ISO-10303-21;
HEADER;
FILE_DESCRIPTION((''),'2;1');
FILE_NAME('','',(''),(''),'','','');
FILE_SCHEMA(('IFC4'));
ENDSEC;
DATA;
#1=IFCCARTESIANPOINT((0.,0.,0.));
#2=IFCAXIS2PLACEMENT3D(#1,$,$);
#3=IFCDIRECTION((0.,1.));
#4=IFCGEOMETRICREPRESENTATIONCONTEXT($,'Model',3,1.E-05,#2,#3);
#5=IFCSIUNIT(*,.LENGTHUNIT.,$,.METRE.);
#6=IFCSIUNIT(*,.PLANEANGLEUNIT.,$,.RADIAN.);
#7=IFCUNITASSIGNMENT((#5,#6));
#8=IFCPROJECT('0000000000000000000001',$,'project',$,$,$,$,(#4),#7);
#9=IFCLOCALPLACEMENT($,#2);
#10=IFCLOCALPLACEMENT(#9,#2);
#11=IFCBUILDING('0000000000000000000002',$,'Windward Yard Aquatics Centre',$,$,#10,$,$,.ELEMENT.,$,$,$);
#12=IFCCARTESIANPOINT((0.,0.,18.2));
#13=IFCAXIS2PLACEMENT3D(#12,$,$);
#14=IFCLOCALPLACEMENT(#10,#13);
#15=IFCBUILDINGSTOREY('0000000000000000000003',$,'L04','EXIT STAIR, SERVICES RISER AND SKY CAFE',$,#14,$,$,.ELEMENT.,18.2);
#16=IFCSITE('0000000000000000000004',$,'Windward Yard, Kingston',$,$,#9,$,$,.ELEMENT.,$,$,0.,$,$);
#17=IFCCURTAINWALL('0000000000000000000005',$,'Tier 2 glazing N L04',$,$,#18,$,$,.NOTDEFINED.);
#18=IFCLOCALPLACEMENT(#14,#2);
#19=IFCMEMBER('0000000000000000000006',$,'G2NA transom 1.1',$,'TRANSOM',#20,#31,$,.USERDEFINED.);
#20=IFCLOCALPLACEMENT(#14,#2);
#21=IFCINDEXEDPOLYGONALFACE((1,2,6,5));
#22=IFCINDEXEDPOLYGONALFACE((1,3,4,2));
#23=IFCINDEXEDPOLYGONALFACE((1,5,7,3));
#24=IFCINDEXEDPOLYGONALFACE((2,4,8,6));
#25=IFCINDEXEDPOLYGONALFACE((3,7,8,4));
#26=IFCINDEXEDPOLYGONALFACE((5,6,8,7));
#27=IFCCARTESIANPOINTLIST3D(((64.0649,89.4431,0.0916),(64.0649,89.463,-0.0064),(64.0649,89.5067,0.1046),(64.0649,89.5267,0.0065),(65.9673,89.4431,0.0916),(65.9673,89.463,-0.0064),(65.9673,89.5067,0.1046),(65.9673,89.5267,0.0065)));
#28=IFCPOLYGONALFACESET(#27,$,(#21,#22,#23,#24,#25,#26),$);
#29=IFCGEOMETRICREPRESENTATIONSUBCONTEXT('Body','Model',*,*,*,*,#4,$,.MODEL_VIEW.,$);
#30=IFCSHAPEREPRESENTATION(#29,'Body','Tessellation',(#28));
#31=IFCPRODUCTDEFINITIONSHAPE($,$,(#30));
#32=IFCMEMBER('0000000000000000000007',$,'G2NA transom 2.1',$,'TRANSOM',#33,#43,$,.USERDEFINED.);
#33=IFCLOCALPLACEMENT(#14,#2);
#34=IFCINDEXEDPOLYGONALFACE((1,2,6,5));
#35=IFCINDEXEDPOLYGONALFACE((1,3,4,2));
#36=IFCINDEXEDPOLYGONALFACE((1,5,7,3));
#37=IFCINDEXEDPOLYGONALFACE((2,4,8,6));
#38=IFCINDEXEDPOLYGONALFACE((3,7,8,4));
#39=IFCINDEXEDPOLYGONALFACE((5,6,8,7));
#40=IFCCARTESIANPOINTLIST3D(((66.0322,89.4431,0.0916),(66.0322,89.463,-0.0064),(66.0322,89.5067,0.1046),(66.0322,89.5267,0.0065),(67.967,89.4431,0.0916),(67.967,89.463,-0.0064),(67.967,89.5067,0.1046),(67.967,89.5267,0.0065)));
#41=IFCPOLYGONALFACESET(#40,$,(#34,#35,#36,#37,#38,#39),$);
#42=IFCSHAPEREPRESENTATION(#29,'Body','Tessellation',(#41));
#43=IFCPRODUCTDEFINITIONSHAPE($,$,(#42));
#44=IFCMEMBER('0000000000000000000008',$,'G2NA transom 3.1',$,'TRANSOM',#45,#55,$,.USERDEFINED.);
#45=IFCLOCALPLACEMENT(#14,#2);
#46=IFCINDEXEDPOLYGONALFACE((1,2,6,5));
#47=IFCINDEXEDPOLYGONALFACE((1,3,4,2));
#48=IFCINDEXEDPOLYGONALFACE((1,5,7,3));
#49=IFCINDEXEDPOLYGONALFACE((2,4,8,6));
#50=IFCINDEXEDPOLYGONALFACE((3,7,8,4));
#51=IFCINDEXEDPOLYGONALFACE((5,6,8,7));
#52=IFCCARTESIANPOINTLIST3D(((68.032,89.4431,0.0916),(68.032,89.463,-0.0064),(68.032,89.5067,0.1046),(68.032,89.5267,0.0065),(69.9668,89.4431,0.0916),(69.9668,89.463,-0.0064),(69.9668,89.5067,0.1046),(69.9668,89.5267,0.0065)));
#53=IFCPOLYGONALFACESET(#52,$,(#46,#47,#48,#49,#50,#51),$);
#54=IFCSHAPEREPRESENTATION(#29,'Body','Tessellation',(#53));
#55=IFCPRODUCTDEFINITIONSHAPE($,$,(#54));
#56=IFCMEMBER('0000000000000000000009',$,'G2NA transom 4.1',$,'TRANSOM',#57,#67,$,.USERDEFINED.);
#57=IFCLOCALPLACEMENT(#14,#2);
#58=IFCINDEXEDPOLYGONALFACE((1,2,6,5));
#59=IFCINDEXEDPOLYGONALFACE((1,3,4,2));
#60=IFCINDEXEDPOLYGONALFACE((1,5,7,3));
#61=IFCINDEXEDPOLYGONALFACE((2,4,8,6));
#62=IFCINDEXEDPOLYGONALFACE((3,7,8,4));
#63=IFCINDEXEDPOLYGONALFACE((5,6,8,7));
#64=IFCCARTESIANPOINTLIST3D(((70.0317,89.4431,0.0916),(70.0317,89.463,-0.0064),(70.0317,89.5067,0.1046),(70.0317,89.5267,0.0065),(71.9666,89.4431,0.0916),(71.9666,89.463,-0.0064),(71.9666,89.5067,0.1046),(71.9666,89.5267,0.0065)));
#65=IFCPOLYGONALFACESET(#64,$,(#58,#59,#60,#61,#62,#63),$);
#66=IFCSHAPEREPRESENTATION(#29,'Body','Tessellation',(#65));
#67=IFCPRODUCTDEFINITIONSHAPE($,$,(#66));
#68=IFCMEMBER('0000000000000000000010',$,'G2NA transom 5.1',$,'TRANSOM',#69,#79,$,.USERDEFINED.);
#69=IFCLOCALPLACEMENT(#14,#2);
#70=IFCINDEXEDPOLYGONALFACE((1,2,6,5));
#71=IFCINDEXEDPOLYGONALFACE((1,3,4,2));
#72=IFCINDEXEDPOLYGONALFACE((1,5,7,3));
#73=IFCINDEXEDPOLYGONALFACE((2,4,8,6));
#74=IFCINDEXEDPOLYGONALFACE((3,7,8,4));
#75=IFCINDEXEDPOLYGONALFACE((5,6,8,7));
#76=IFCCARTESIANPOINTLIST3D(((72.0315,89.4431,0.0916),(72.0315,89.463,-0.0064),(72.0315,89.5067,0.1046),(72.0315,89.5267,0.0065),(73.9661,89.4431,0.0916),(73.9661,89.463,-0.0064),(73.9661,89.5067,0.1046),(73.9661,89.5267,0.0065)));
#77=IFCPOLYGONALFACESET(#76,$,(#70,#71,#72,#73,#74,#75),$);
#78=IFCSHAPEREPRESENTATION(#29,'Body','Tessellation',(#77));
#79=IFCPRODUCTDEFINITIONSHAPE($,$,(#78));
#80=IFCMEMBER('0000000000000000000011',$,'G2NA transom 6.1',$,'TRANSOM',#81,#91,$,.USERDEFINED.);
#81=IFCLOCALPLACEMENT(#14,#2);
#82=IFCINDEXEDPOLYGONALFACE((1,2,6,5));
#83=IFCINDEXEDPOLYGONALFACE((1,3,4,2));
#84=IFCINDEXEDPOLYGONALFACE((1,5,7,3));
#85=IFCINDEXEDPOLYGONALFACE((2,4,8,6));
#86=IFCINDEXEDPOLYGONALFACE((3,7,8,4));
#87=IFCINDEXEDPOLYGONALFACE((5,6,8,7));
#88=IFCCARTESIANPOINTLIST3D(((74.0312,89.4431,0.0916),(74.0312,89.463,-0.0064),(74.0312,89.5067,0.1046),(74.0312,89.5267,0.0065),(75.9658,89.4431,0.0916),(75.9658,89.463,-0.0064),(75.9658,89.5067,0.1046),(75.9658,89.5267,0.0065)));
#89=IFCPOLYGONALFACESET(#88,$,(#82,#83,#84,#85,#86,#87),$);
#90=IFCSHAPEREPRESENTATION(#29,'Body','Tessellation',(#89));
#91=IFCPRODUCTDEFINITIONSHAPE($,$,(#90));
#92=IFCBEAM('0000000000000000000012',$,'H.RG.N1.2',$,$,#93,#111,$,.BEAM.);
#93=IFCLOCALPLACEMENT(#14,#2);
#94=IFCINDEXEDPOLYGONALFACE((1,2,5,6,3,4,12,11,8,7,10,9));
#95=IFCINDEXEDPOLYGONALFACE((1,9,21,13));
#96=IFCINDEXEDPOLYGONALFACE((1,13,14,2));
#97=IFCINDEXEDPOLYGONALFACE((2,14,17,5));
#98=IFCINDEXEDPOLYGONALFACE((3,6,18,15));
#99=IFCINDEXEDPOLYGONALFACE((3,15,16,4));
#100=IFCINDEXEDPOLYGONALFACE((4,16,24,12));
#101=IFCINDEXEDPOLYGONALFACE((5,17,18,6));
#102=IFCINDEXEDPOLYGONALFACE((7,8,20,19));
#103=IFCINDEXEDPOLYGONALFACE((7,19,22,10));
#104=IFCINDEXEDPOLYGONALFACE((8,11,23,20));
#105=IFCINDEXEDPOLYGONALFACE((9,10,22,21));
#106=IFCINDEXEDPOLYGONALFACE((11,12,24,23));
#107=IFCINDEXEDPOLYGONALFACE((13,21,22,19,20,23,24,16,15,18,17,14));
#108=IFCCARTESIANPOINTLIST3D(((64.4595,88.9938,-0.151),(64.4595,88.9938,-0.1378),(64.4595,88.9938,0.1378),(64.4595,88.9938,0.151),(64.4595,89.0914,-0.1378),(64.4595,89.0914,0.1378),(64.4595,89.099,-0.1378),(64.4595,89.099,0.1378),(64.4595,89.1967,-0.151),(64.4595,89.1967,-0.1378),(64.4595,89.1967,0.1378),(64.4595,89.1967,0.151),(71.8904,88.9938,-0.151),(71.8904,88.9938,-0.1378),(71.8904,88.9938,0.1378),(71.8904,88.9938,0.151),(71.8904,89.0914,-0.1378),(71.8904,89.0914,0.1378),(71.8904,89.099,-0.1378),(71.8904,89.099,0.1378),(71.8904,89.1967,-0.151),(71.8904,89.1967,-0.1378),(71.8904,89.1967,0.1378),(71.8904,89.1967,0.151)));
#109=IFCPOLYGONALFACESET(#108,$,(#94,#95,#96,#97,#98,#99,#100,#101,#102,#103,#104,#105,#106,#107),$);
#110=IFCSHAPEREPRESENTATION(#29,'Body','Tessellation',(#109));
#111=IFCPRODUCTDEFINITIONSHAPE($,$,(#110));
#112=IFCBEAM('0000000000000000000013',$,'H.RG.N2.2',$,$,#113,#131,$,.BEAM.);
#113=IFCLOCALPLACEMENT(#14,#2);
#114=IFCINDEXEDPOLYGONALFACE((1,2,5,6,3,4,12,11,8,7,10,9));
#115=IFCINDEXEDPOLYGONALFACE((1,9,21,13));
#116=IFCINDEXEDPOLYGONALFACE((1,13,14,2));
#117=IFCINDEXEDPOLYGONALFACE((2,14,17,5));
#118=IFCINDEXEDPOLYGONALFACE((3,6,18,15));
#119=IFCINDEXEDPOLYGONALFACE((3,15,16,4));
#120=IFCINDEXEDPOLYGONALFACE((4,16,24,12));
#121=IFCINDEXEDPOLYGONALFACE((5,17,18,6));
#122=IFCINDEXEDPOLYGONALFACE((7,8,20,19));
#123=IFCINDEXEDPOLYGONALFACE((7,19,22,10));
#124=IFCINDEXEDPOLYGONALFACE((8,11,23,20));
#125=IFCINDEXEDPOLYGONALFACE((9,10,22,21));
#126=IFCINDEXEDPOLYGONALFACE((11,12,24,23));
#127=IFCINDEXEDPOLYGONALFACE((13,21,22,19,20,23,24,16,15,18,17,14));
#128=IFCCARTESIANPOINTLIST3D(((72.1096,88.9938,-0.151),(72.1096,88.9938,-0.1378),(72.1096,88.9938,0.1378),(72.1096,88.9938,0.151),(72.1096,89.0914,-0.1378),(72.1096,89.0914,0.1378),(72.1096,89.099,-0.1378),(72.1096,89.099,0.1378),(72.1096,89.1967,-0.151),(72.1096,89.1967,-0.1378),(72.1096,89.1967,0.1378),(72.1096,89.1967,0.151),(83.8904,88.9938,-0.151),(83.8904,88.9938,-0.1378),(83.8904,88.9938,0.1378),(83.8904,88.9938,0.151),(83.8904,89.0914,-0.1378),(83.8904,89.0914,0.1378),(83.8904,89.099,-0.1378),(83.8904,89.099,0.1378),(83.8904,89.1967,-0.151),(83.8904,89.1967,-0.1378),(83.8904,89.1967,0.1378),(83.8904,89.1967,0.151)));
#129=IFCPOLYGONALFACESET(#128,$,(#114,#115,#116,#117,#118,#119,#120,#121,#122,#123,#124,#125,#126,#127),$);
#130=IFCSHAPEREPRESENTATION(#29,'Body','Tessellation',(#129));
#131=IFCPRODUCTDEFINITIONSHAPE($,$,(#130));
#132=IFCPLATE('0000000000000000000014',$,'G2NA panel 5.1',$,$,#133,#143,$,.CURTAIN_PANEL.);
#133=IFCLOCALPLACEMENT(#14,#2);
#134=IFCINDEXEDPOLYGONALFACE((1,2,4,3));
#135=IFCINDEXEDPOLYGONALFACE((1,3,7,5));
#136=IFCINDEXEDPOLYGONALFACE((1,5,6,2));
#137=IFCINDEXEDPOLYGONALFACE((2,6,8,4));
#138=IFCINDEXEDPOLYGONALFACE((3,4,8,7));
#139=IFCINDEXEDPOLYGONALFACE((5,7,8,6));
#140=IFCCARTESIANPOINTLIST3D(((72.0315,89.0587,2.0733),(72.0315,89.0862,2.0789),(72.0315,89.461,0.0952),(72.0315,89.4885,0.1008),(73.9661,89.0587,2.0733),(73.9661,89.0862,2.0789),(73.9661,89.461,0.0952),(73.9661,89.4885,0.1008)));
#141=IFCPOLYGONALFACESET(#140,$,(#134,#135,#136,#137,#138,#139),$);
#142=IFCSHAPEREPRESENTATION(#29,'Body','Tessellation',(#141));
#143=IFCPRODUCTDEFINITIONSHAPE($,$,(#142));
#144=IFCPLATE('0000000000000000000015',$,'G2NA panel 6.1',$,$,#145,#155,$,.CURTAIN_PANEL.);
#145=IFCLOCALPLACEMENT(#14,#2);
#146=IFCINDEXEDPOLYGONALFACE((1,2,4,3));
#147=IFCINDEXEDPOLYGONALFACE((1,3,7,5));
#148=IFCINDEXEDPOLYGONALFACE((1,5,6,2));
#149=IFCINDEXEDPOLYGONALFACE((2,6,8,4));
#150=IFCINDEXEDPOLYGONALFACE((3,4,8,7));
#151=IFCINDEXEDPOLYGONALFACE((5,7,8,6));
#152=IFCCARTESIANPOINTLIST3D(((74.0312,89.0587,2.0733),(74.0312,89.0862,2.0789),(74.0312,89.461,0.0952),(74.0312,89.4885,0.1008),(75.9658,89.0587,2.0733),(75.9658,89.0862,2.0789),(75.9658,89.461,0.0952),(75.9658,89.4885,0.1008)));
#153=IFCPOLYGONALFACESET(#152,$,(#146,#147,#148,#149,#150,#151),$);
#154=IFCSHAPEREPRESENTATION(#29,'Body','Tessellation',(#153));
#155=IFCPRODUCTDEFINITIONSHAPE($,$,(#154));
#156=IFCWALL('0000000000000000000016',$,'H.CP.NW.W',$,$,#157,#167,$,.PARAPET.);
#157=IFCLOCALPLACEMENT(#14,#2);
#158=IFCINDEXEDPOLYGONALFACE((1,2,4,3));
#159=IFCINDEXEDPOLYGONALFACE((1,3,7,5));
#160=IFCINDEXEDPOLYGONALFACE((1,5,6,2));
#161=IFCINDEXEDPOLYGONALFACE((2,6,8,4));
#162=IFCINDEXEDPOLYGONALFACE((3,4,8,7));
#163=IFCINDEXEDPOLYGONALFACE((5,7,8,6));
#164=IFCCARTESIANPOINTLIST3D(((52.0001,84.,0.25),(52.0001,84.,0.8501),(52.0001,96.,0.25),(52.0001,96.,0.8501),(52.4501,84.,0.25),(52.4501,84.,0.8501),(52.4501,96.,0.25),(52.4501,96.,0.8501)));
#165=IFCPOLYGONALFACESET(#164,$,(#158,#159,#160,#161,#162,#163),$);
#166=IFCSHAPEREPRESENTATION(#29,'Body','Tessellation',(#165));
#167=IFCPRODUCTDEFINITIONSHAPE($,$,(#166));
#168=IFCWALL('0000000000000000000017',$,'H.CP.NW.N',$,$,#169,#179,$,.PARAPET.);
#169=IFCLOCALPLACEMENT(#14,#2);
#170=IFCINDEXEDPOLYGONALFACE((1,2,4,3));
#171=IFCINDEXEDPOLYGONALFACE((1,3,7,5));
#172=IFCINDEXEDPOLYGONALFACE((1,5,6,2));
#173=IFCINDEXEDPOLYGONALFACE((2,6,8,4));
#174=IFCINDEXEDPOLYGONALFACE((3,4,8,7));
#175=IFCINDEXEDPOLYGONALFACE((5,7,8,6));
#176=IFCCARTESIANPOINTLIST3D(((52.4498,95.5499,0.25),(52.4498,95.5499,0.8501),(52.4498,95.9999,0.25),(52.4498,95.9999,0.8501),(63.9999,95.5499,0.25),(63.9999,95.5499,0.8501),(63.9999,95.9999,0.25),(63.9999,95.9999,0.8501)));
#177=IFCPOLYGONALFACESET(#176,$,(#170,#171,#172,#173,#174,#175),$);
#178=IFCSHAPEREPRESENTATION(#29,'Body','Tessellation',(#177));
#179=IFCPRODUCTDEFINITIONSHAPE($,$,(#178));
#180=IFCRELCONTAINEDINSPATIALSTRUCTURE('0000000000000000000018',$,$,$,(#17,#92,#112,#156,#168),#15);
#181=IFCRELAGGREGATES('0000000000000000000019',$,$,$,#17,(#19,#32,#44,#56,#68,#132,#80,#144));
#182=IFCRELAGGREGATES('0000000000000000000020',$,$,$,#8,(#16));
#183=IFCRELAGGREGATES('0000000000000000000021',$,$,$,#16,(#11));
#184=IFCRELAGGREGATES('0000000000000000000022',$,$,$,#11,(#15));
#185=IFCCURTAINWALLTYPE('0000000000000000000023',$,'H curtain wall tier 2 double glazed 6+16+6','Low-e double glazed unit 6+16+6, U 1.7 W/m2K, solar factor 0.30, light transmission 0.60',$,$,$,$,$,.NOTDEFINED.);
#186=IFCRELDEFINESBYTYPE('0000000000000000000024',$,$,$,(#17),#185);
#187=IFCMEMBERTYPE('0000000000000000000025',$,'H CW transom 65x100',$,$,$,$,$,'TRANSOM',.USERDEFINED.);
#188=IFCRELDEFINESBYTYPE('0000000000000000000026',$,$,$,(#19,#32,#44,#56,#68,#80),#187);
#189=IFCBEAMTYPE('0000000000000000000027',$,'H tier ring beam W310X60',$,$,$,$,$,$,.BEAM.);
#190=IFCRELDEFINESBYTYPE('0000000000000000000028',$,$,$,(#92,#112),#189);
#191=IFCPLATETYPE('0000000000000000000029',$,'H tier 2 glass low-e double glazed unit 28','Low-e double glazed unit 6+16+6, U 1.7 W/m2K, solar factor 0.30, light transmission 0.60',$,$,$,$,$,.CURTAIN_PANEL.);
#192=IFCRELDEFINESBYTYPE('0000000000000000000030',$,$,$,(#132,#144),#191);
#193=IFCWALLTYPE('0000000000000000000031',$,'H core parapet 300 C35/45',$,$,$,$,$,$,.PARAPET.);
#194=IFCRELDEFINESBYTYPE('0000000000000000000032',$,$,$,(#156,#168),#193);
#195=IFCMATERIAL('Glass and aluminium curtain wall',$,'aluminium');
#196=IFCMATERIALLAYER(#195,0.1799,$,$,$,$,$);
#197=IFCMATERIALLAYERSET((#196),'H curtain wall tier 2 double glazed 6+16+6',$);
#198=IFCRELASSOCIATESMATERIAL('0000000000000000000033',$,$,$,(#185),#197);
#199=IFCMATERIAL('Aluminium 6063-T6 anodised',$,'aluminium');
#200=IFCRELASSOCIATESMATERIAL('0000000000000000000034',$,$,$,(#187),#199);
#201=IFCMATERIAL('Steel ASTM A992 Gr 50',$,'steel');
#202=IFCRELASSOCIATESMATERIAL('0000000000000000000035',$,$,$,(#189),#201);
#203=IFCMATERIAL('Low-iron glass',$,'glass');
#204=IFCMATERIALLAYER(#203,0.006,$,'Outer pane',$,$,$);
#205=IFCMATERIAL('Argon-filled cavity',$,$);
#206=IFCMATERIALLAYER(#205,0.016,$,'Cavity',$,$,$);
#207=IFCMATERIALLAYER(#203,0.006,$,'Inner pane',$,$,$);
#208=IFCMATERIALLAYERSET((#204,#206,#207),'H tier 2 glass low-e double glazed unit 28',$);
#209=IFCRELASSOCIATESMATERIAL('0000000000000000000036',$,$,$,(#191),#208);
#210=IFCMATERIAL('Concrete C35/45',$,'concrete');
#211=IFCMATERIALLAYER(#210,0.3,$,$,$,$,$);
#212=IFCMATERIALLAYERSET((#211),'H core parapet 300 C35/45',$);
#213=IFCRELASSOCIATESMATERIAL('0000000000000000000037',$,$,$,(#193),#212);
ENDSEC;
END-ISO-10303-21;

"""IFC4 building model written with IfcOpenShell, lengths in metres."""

from ifc_helpers import new_model, si_unit, direction, frame, frame_2d, origin, origin_2d, place, context, subcontext, project, spatial, polyline, rectangle, i_section, outline, extrude, material, layer, layer_set, material_profile, profile_set, type_object, element, aggregate, save


model = new_model("IFC4")

# Units and contexts
model_context = context("Model", 3, precision=1e-05, world=origin(), true_north=direction((0.0, 1.0)))
body_context = subcontext(model_context, "Body", "Model", "MODEL_VIEW")
ifc_project = project(units=[si_unit("LENGTHUNIT", "METRE"), si_unit("PLANEANGLEUNIT", "RADIAN")], contexts=[model_context])

# Site, building, storey
site_placement = place(None, origin())
site = spatial("IfcSite", under=ifc_project, at=site_placement, Name="Windward Yard, Kingston", CompositionType="ELEMENT", RefElevation=0.0)
building_placement = place(site_placement, origin())
building = spatial("IfcBuilding", under=site, at=building_placement, Name="Windward Yard Aquatics Centre", CompositionType="ELEMENT")
storey_placement = place(building_placement, frame((0.0, 0.0, 18.2)))
storey = spatial("IfcBuildingStorey", under=building, at=storey_placement, Name="L04", Description="EXIT STAIR, SERVICES RISER AND SKY CAFE", CompositionType="ELEMENT", Elevation=18.2)

# Curtain wall, members
ifc_material_1 = material(Name="Glass and aluminium curtain wall", Category="aluminium")
ifc_layer_1 = layer(ifc_material_1, 0.1799)
ifc_layer_set_1 = layer_set([ifc_layer_1], Name="H curtain wall tier 2 double glazed 6+16+6")
curtain_wall_type = type_object("IfcCurtainWallType", Name="H curtain wall tier 2 double glazed 6+16+6", Description="Low-e double glazed unit 6+16+6, U 1.7 W/m2K, solar factor 0.30, light transmission 0.60", PredefinedType="NOTDEFINED", material=ifc_layer_set_1)
curtain_wall_placement = place(storey_placement, origin())
curtain_wall = element("IfcCurtainWall", 1, at=curtain_wall_placement, inside=storey, type_object=curtain_wall_type, Name="Tier 2 glazing N L04", PredefinedType="NOTDEFINED")
ifc_material_2 = material(Name="Aluminium 6063-T6 anodised", Category="aluminium")
ifc_material_profile_1 = material_profile(ifc_material_2, rectangle(XDim=0.0649, YDim=0.1001, at=origin_2d()), Name="H CW transom 65x100")
ifc_profile_set_1 = profile_set([ifc_material_profile_1], Name="Aluminium 6063-T6 anodised")
member_type_1 = type_object("IfcMemberType", Name="H CW transom 65x100", ElementType="TRANSOM", PredefinedType="USERDEFINED", material=ifc_profile_set_1)
member_1_placement = place(storey_placement, frame((64.0649, 89.4849, 0.0491), z_axis=(1.0, 0.0, 0.0), x_axis=(0.0, 0.979925, 0.199368)))
member_1 = element("IfcMember", 2, at=member_1_placement, type_object=member_type_1, Name="G2NA transom 1.1", ObjectType="TRANSOM", PredefinedType="USERDEFINED", context=body_context, shape_type="SweptSolid", body=[
    extrude(rectangle(XDim=0.0649, YDim=0.1001, at=origin_2d()), origin(), (0.0, 0.0, 1.0), 1.9023),
])
member_2_placement = place(storey_placement, frame((66.0322, 89.4849, 0.0491), z_axis=(1.0, 0.0, 0.0), x_axis=(0.0, 0.979925, 0.199368)))
member_2 = element("IfcMember", 3, at=member_2_placement, type_object=member_type_1, Name="G2NA transom 2.1", ObjectType="TRANSOM", PredefinedType="USERDEFINED", context=body_context, shape_type="SweptSolid", body=[
    extrude(rectangle(XDim=0.0649, YDim=0.1001, at=origin_2d()), origin(), (0.0, 0.0, 1.0), 1.9348),
])
member_3_placement = place(storey_placement, frame((68.032, 89.4849, 0.0491), z_axis=(1.0, 0.0, 0.0), x_axis=(0.0, 0.979925, 0.199368)))
member_3 = element("IfcMember", 4, at=member_3_placement, type_object=member_type_1, Name="G2NA transom 3.1", ObjectType="TRANSOM", PredefinedType="USERDEFINED", context=body_context, shape_type="SweptSolid", body=[
    extrude(rectangle(XDim=0.0649, YDim=0.1001, at=origin_2d()), origin(), (0.0, 0.0, 1.0), 1.9348),
])
member_4_placement = place(storey_placement, frame((70.0317, 89.4849, 0.0491), z_axis=(1.0, 0.0, 0.0), x_axis=(0.0, 0.979925, 0.199368)))
member_4 = element("IfcMember", 5, at=member_4_placement, type_object=member_type_1, Name="G2NA transom 4.1", ObjectType="TRANSOM", PredefinedType="USERDEFINED", context=body_context, shape_type="SweptSolid", body=[
    extrude(rectangle(XDim=0.0649, YDim=0.1001, at=origin_2d()), origin(), (0.0, 0.0, 1.0), 1.9348),
])
member_5_placement = place(storey_placement, frame((72.0315, 89.4849, 0.0491), z_axis=(1.0, 0.0, 0.0), x_axis=(0.0, 0.979925, 0.199368)))
member_5 = element("IfcMember", 6, at=member_5_placement, type_object=member_type_1, Name="G2NA transom 5.1", ObjectType="TRANSOM", PredefinedType="USERDEFINED", context=body_context, shape_type="SweptSolid", body=[
    extrude(rectangle(XDim=0.0649, YDim=0.1001, at=origin_2d()), origin(), (0.0, 0.0, 1.0), 1.9346),
])
member_6_placement = place(storey_placement, frame((74.0312, 89.4849, 0.0491), z_axis=(1.0, 0.0, 0.0), x_axis=(0.0, 0.979925, 0.199368)))
member_6 = element("IfcMember", 7, at=member_6_placement, type_object=member_type_1, Name="G2NA transom 6.1", ObjectType="TRANSOM", PredefinedType="USERDEFINED", context=body_context, shape_type="SweptSolid", body=[
    extrude(rectangle(XDim=0.0649, YDim=0.1001, at=origin_2d()), origin(), (0.0, 0.0, 1.0), 1.9346),
])

# Beams
ifc_material_3 = material(Name="Steel ASTM A992 Gr 50", Category="steel")
ifc_material_profile_2 = material_profile(ifc_material_3, i_section(OverallWidth=0.2029, OverallDepth=0.302, WebThickness=0.0076, FlangeThickness=0.0132, at=origin_2d()), Name="W310X60")
ifc_profile_set_2 = profile_set([ifc_material_profile_2], Name="Steel ASTM A992 Gr 50")
beam_type = type_object("IfcBeamType", Name="H tier ring beam W310X60", PredefinedType="BEAM", material=ifc_profile_set_2)
beam_1_placement = place(storey_placement, frame((64.4595, 89.0952, 0.0), z_axis=(1.0, 0.0, 0.0), x_axis=(0.0, 1.0, 0.0)))
element("IfcBeam", 8, at=beam_1_placement, inside=storey, type_object=beam_type, Name="H.RG.N1.2", PredefinedType="BEAM", context=body_context, shape_type="SweptSolid", body=[
    extrude(i_section(OverallWidth=0.2029, OverallDepth=0.302, WebThickness=0.0076, FlangeThickness=0.0132, at=origin_2d()), origin(), (0.0, 0.0, 1.0), 7.4309),
])
beam_2_placement = place(storey_placement, frame((72.1096, 89.0952, 0.0), z_axis=(1.0, 0.0, 0.0), x_axis=(0.0, 1.0, 0.0)))
element("IfcBeam", 9, at=beam_2_placement, inside=storey, type_object=beam_type, Name="H.RG.N2.2", PredefinedType="BEAM", context=body_context, shape_type="SweptSolid", body=[
    extrude(i_section(OverallWidth=0.2029, OverallDepth=0.302, WebThickness=0.0076, FlangeThickness=0.0132, at=origin_2d()), origin(), (0.0, 0.0, 1.0), 11.7808),
])

# Plates
ifc_material_4 = material(Name="Low-iron glass", Category="glass")
ifc_layer_2 = layer(ifc_material_4, 0.006, Name="Outer pane")
ifc_material_5 = material(Name="Argon-filled cavity")
ifc_layer_3 = layer(ifc_material_5, 0.016, Name="Cavity")
ifc_layer_4 = layer(ifc_material_4, 0.006, Name="Inner pane")
ifc_layer_set_2 = layer_set([ifc_layer_2, ifc_layer_3, ifc_layer_4], Name="H tier 2 glass low-e double glazed unit 28")
plate_type = type_object("IfcPlateType", Name="H tier 2 glass low-e double glazed unit 28", Description="Low-e double glazed unit 6+16+6, U 1.7 W/m2K, solar factor 0.30, light transmission 0.60", PredefinedType="CURTAIN_PANEL", material=ifc_layer_set_2)
plate_1_placement = place(storey_placement, frame((72.0315, 89.0862, 2.0789), z_axis=(0.0, 0.979933, 0.199325), x_axis=(0.0, 0.199325, -0.979933)))
plate_1 = element("IfcPlate", 10, at=plate_1_placement, type_object=plate_type, Name="G2NA panel 5.1", PredefinedType="CURTAIN_PANEL", context=body_context, shape_type="SweptSolid", body=[
    extrude(outline(polyline([(0.0, 0.0), (2.0185, 0.0), (2.0185, -1.9346), (0.0, -1.9346), (0.0, 0.0)])), origin(), (0.0, 0.0, -1.0), 0.0281),
])
plate_2_placement = place(storey_placement, frame((74.0312, 89.0862, 2.0789), z_axis=(0.0, 0.979933, 0.199325), x_axis=(0.0, 0.199325, -0.979933)))
plate_2 = element("IfcPlate", 11, at=plate_2_placement, type_object=plate_type, Name="G2NA panel 6.1", PredefinedType="CURTAIN_PANEL", context=body_context, shape_type="SweptSolid", body=[
    extrude(outline(polyline([(0.0, 0.0), (2.0185, 0.0), (2.0185, -1.9346), (0.0, -1.9346), (0.0, 0.0)])), origin(), (0.0, 0.0, -1.0), 0.0281),
])
aggregate(curtain_wall, [member_1, member_2, member_3, member_4, member_5, plate_1, member_6, plate_2])

# Walls
ifc_material_6 = material(Name="Concrete C35/45", Category="concrete")
ifc_layer_5 = layer(ifc_material_6, 0.3)
ifc_layer_set_3 = layer_set([ifc_layer_5], Name="H core parapet 300 C35/45")
wall_type = type_object("IfcWallType", Name="H core parapet 300 C35/45", PredefinedType="PARAPET", material=ifc_layer_set_3)
wall_1_placement = place(storey_placement, frame((52.2251, 96.0, 0.25), z_axis=(0.0, 0.0, 1.0), x_axis=(0.0, -1.0, 0.0)))
element("IfcWall", 12, at=wall_1_placement, inside=storey, type_object=wall_type, Name="H.CP.NW.W", PredefinedType="PARAPET", context=body_context, shape_type="SweptSolid", body=[
    extrude(rectangle(XDim=12.0, YDim=0.45, at=frame_2d((6.0, 0.0))), origin(), (0.0, 0.0, 1.0), 0.6001),
])
wall_2_placement = place(storey_placement, frame((52.45, 95.7749, 0.25), z_axis=(0.0, 0.0, 1.0), x_axis=(1.0, 0.0, 0.0)))
element("IfcWall", 13, at=wall_2_placement, inside=storey, type_object=wall_type, Name="H.CP.NW.N", PredefinedType="PARAPET", context=body_context, shape_type="SweptSolid", body=[
    extrude(rectangle(XDim=11.55, YDim=0.45, at=frame_2d((5.7749, 0.0))), origin(), (0.0, 0.0, 1.0), 0.6001),
])

save(model, "model.ifc")
